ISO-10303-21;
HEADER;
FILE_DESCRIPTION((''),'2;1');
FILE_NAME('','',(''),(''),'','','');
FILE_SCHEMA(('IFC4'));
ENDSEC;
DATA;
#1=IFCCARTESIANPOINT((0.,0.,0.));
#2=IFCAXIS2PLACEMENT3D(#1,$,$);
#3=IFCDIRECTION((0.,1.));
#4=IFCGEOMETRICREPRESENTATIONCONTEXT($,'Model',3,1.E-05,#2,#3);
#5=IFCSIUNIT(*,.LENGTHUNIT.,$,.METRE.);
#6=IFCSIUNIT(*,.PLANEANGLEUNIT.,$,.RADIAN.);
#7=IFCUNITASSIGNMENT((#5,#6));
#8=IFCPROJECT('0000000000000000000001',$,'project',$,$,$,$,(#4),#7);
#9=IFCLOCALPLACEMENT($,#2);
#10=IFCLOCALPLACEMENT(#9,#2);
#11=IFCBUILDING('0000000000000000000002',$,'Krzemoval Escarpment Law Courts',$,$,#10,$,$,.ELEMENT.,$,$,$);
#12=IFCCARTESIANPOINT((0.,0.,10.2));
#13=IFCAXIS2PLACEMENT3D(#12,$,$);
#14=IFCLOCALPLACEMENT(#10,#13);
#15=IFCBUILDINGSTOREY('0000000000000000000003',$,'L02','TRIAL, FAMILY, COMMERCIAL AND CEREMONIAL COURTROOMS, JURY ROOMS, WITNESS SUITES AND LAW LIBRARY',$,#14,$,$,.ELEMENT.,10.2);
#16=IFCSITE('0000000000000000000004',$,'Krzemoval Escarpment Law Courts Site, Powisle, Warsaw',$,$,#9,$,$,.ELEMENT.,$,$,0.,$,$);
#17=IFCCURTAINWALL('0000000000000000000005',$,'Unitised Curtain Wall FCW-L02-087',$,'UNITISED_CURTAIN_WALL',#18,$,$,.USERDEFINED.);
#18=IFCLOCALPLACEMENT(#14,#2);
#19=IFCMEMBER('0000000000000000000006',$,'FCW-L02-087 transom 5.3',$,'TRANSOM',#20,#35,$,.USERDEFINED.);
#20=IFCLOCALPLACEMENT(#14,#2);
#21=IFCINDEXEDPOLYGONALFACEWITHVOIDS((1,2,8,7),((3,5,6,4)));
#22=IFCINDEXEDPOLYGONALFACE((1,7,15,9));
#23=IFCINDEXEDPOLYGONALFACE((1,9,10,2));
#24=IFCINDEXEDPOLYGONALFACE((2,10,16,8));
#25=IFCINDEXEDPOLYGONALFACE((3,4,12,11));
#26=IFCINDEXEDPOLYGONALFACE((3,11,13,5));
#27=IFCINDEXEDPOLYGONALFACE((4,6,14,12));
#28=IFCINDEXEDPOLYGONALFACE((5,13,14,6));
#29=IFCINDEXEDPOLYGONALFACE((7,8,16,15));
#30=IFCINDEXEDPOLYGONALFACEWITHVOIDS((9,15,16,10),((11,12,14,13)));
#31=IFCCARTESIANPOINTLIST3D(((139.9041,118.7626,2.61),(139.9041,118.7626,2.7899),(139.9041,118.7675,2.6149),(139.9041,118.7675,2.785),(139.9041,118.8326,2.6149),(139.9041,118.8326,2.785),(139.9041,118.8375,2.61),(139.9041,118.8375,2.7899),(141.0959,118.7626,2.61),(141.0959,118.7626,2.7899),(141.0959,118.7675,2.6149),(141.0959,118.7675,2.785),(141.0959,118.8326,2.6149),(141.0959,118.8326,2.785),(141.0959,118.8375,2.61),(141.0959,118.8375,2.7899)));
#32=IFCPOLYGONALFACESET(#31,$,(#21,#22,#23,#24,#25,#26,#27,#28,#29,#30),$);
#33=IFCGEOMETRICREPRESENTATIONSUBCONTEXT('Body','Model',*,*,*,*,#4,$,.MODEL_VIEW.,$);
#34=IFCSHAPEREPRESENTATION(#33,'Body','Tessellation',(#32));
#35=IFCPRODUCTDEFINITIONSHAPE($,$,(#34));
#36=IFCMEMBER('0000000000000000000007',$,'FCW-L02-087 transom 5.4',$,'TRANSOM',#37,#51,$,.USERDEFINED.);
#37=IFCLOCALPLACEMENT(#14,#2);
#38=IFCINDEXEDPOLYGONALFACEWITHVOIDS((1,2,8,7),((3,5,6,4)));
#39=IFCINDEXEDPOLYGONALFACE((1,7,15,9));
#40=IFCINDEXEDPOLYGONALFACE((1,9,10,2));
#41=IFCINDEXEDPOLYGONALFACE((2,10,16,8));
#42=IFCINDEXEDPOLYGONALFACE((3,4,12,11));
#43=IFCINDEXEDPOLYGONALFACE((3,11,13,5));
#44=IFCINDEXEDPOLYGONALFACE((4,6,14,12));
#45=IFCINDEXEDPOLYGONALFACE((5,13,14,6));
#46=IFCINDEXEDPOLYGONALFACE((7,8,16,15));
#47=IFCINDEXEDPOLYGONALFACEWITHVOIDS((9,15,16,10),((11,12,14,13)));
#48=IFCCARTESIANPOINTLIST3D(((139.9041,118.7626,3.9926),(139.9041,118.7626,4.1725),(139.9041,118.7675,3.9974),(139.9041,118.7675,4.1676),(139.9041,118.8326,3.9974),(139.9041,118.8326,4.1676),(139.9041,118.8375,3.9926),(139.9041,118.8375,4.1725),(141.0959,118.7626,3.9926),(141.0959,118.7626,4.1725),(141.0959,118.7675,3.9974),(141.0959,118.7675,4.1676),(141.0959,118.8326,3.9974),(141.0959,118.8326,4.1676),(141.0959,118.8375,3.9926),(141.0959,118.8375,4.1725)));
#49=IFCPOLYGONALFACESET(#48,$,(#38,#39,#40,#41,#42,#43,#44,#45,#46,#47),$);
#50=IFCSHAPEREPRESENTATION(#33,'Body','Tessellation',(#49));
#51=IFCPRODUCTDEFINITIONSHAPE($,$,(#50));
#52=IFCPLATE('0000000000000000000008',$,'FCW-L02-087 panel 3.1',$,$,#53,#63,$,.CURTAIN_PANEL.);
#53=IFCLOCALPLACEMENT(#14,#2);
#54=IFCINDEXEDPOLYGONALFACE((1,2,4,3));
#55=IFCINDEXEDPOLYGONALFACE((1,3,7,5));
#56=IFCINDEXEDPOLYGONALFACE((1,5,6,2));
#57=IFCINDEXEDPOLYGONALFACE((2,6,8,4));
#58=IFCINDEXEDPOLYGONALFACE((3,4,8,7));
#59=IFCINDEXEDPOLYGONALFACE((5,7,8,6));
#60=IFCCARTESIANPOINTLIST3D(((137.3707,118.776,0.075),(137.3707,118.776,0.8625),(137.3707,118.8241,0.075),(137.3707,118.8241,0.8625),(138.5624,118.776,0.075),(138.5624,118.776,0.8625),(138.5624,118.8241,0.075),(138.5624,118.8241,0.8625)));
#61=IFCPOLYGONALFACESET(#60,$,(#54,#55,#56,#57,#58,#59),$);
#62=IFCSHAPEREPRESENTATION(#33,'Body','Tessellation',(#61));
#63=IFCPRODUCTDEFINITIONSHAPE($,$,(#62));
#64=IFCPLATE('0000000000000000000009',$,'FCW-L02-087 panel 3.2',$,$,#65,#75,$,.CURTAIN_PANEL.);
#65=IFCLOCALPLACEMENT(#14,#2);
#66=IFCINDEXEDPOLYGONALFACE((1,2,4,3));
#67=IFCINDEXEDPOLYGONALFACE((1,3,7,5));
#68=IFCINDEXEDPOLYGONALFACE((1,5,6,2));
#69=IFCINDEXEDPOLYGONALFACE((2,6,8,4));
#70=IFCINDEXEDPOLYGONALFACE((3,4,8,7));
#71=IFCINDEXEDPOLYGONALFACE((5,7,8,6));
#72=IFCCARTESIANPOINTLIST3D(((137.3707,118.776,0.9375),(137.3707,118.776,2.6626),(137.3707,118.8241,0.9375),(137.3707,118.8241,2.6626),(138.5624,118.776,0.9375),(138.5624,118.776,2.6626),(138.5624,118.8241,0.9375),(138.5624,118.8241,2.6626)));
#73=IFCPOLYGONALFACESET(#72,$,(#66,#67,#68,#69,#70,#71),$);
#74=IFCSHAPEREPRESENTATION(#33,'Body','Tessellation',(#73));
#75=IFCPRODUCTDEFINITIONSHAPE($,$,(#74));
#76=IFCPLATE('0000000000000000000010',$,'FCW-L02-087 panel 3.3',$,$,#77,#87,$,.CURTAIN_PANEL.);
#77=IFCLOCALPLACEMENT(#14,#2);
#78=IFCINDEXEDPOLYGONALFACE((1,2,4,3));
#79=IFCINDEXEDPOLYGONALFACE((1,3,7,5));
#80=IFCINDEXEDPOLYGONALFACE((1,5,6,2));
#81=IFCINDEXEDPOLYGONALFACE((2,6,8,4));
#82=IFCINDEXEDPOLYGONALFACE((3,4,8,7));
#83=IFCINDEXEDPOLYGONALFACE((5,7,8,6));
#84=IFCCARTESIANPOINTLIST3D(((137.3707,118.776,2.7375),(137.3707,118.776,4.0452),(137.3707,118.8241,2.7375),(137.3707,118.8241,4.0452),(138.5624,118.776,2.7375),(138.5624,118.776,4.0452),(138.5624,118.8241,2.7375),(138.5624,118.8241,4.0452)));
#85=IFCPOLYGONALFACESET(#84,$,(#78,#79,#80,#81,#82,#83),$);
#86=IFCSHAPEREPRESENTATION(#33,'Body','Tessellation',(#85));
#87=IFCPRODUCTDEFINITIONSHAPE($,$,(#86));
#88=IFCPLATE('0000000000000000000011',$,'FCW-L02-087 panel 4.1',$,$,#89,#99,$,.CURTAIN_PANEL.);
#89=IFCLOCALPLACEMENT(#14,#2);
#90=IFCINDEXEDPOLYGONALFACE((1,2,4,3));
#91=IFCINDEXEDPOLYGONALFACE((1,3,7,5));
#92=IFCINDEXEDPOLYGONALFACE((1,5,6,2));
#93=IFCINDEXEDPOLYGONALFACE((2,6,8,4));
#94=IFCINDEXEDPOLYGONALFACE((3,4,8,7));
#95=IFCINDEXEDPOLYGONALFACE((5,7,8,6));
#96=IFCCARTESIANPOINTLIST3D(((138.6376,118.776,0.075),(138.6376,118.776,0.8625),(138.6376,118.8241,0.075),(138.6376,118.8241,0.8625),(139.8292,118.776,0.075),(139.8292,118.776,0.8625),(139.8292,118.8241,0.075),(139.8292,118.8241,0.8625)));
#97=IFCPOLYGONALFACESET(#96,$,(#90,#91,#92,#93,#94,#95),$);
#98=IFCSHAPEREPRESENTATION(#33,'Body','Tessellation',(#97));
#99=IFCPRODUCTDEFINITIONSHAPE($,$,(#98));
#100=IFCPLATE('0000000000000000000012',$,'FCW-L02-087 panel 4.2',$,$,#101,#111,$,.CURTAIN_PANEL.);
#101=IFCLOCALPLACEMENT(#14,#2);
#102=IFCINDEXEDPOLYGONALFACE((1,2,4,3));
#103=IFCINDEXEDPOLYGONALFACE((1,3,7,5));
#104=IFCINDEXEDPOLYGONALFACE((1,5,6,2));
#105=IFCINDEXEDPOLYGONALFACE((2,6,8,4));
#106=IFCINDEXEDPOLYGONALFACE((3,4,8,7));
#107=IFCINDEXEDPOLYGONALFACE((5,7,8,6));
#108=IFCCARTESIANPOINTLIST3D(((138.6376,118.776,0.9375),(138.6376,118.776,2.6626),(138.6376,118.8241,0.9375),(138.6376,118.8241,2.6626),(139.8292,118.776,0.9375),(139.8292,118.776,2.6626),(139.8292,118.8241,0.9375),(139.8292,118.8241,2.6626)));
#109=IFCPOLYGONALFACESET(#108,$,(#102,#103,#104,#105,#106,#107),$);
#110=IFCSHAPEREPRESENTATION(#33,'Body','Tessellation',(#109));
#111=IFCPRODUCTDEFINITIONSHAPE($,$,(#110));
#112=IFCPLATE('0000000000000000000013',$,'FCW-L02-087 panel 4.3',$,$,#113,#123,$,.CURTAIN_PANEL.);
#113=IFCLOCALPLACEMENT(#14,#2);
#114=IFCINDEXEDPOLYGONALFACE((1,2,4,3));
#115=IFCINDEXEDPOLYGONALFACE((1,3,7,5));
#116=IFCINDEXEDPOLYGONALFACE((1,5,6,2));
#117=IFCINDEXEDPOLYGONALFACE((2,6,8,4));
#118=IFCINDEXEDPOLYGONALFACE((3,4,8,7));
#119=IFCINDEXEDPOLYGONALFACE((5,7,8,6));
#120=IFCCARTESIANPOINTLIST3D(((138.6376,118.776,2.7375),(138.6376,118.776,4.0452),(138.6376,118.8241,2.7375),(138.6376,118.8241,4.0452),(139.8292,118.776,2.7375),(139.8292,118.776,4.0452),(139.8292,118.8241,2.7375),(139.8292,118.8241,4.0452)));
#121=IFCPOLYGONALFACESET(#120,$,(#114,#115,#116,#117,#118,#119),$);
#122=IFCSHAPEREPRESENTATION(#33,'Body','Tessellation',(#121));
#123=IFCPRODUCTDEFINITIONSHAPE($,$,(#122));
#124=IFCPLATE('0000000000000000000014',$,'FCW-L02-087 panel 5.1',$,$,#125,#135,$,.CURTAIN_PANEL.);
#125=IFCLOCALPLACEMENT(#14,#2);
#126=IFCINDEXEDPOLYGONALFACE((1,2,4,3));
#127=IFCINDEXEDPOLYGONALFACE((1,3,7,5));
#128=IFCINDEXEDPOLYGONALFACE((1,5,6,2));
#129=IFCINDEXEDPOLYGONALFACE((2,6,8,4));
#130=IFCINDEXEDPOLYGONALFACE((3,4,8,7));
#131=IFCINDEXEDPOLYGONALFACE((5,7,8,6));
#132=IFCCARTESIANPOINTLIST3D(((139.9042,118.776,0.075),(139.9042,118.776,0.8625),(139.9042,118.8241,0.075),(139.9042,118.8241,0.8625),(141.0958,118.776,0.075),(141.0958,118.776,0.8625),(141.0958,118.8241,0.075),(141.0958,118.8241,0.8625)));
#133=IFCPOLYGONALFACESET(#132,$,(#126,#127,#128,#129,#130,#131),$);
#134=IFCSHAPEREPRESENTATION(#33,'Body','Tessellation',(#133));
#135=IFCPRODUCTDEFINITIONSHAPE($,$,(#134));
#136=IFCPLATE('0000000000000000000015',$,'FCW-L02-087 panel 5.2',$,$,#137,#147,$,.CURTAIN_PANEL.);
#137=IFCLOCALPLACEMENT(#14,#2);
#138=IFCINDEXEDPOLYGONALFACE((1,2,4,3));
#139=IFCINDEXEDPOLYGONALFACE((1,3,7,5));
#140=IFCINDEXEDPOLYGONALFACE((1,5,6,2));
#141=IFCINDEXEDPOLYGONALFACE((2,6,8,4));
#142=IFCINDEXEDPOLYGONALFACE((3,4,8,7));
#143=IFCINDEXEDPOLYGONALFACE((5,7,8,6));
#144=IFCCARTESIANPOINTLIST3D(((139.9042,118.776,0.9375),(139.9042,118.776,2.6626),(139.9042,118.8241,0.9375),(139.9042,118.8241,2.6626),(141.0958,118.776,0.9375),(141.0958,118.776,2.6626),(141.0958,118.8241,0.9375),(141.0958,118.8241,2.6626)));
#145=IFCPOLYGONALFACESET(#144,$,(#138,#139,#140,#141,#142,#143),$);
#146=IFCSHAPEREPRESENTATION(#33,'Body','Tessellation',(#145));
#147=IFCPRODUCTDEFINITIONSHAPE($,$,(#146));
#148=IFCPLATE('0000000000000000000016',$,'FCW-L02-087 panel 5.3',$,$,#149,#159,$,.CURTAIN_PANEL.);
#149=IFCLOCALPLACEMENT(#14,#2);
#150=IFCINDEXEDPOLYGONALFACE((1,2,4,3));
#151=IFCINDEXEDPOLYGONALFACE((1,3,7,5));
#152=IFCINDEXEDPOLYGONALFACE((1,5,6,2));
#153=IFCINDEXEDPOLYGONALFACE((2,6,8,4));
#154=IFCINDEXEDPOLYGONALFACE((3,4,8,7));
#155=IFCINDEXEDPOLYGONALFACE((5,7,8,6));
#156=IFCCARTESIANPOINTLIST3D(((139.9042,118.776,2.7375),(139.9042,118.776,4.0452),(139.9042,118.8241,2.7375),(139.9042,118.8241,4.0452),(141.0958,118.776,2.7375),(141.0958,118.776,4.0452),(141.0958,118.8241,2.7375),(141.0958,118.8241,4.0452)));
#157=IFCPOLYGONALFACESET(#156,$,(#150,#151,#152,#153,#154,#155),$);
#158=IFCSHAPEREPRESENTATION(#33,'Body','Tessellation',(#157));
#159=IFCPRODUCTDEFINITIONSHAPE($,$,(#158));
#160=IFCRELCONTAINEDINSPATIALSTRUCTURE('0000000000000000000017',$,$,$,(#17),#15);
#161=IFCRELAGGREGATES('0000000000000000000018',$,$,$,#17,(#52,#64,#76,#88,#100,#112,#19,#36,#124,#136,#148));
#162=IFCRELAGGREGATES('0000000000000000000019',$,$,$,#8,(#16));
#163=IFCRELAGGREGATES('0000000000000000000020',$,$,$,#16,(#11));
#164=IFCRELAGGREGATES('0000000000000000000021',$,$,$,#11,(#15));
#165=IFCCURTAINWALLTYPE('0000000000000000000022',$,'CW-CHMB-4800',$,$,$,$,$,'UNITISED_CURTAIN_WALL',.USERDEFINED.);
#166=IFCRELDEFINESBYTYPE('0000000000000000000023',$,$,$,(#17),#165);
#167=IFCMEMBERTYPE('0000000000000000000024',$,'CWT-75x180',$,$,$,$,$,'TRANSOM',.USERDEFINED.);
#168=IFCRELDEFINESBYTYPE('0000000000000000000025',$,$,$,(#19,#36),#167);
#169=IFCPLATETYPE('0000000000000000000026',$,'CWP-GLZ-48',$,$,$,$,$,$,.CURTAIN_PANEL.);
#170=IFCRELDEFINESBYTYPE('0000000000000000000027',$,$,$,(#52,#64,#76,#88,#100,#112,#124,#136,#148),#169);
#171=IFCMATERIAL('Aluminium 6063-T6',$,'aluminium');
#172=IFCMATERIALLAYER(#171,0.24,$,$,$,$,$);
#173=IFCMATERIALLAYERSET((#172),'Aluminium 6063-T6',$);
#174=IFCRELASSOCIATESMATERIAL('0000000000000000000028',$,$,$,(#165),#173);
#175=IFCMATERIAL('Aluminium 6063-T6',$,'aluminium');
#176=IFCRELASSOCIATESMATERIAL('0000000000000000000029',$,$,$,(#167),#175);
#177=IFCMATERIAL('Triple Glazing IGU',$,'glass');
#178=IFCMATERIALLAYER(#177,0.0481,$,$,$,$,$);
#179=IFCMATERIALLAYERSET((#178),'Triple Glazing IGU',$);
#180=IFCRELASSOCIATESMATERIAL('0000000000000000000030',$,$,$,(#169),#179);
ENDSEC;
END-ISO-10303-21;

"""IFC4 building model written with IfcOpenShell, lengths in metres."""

from ifc_helpers import new_model, si_unit, direction, frame, origin, origin_2d, place, context, subcontext, project, spatial, rectangle, hollow_rectangle, extrude, material, layer, layer_set, material_profile, profile_set, type_object, element, aggregate, save


model = new_model("IFC4")

# Units and contexts
model_context = context("Model", 3, precision=1e-05, world=origin(), true_north=direction((0.0, 1.0)))
body_context = subcontext(model_context, "Body", "Model", "MODEL_VIEW")
ifc_project = project(units=[si_unit("LENGTHUNIT", "METRE"), si_unit("PLANEANGLEUNIT", "RADIAN")], contexts=[model_context])

# Site, building, storey
site_placement = place(None, origin())
site = spatial("IfcSite", under=ifc_project, at=site_placement, Name="Krzemoval Escarpment Law Courts Site, Powisle, Warsaw", CompositionType="ELEMENT", RefElevation=0.0)
building_placement = place(site_placement, origin())
building = spatial("IfcBuilding", under=site, at=building_placement, Name="Krzemoval Escarpment Law Courts", CompositionType="ELEMENT")
storey_placement = place(building_placement, frame((0.0, 0.0, 10.2)))
storey = spatial("IfcBuildingStorey", under=building, at=storey_placement, Name="L02", Description="TRIAL, FAMILY, COMMERCIAL AND CEREMONIAL COURTROOMS, JURY ROOMS, WITNESS SUITES AND LAW LIBRARY", CompositionType="ELEMENT", Elevation=10.2)

# Curtain wall, members, plates
ifc_material_1 = material(Name="Aluminium 6063-T6", Category="aluminium")
ifc_layer_1 = layer(ifc_material_1, 0.24)
ifc_layer_set_1 = layer_set([ifc_layer_1], Name="Aluminium 6063-T6")
curtain_wall_type = type_object("IfcCurtainWallType", Name="CW-CHMB-4800", ElementType="UNITISED_CURTAIN_WALL", PredefinedType="USERDEFINED", material=ifc_layer_set_1)
curtain_wall_placement = place(storey_placement, origin())
curtain_wall = element("IfcCurtainWall", 1, at=curtain_wall_placement, inside=storey, type_object=curtain_wall_type, Name="Unitised Curtain Wall FCW-L02-087", ObjectType="UNITISED_CURTAIN_WALL", PredefinedType="USERDEFINED")
ifc_material_2 = material(Name="Aluminium 6063-T6", Category="aluminium")
ifc_material_profile_1 = material_profile(ifc_material_2, hollow_rectangle(XDim=0.075, YDim=0.1799, WallThickness=0.0049, at=origin_2d()), Name="ALU T75x180")
ifc_profile_set_1 = profile_set([ifc_material_profile_1], Name="Aluminium 6063-T6")
member_type_1 = type_object("IfcMemberType", Name="CWT-75x180", ElementType="TRANSOM", PredefinedType="USERDEFINED", material=ifc_profile_set_1)
member_1_placement = place(storey_placement, frame((139.9041, 118.8, 2.7), z_axis=(1.0, 0.0, 0.0), x_axis=(0.0, 1.0, 0.0)))
member_1 = element("IfcMember", 2, at=member_1_placement, type_object=member_type_1, Name="FCW-L02-087 transom 5.3", ObjectType="TRANSOM", PredefinedType="USERDEFINED", context=body_context, shape_type="SweptSolid", body=[
    extrude(hollow_rectangle(XDim=0.075, YDim=0.1799, WallThickness=0.0049, at=origin_2d()), origin(), (0.0, 0.0, 1.0), 1.1919),
])
member_2_placement = place(storey_placement, frame((139.9041, 118.8, 4.0825), z_axis=(1.0, 0.0, 0.0), x_axis=(0.0, 1.0, 0.0)))
member_2 = element("IfcMember", 3, at=member_2_placement, type_object=member_type_1, Name="FCW-L02-087 transom 5.4", ObjectType="TRANSOM", PredefinedType="USERDEFINED", context=body_context, shape_type="SweptSolid", body=[
    extrude(hollow_rectangle(XDim=0.075, YDim=0.1799, WallThickness=0.0049, at=origin_2d()), origin(), (0.0, 0.0, 1.0), 1.1919),
])
ifc_material_3 = material(Name="Triple Glazing IGU", Category="glass")
ifc_layer_2 = layer(ifc_material_3, 0.0481)
ifc_layer_set_2 = layer_set([ifc_layer_2], Name="Triple Glazing IGU")
plate_type = type_object("IfcPlateType", Name="CWP-GLZ-48", PredefinedType="CURTAIN_PANEL", material=ifc_layer_set_2)
plate_1_placement = place(storey_placement, frame((137.9666, 118.8, 0.075), z_axis=(0.0, 0.0, 1.0), x_axis=(1.0, 0.0, 0.0)))
plate_1 = element("IfcPlate", 4, at=plate_1_placement, type_object=plate_type, Name="FCW-L02-087 panel 3.1", PredefinedType="CURTAIN_PANEL", context=body_context, shape_type="SweptSolid", body=[
    extrude(rectangle(XDim=1.1917, YDim=0.0481, at=origin_2d()), origin(), (0.0, 0.0, 1.0), 0.7876),
])
plate_2_placement = place(storey_placement, frame((137.9666, 118.8, 0.9375), z_axis=(0.0, 0.0, 1.0), x_axis=(1.0, 0.0, 0.0)))
plate_2 = element("IfcPlate", 5, at=plate_2_placement, type_object=plate_type, Name="FCW-L02-087 panel 3.2", PredefinedType="CURTAIN_PANEL", context=body_context, shape_type="SweptSolid", body=[
    extrude(rectangle(XDim=1.1917, YDim=0.0481, at=origin_2d()), origin(), (0.0, 0.0, 1.0), 1.7251),
])
plate_3_placement = place(storey_placement, frame((137.9666, 118.8, 2.7375), z_axis=(0.0, 0.0, 1.0), x_axis=(1.0, 0.0, 0.0)))
plate_3 = element("IfcPlate", 6, at=plate_3_placement, type_object=plate_type, Name="FCW-L02-087 panel 3.3", PredefinedType="CURTAIN_PANEL", context=body_context, shape_type="SweptSolid", body=[
    extrude(rectangle(XDim=1.1917, YDim=0.0481, at=origin_2d()), origin(), (0.0, 0.0, 1.0), 1.3076),
])
plate_4_placement = place(storey_placement, frame((139.2334, 118.8, 0.075), z_axis=(0.0, 0.0, 1.0), x_axis=(1.0, 0.0, 0.0)))
plate_4 = element("IfcPlate", 7, at=plate_4_placement, type_object=plate_type, Name="FCW-L02-087 panel 4.1", PredefinedType="CURTAIN_PANEL", context=body_context, shape_type="SweptSolid", body=[
    extrude(rectangle(XDim=1.1917, YDim=0.0481, at=origin_2d()), origin(), (0.0, 0.0, 1.0), 0.7876),
])
plate_5_placement = place(storey_placement, frame((139.2334, 118.8, 0.9375), z_axis=(0.0, 0.0, 1.0), x_axis=(1.0, 0.0, 0.0)))
plate_5 = element("IfcPlate", 8, at=plate_5_placement, type_object=plate_type, Name="FCW-L02-087 panel 4.2", PredefinedType="CURTAIN_PANEL", context=body_context, shape_type="SweptSolid", body=[
    extrude(rectangle(XDim=1.1917, YDim=0.0481, at=origin_2d()), origin(), (0.0, 0.0, 1.0), 1.7251),
])
plate_6_placement = place(storey_placement, frame((139.2334, 118.8, 2.7375), z_axis=(0.0, 0.0, 1.0), x_axis=(1.0, 0.0, 0.0)))
plate_6 = element("IfcPlate", 9, at=plate_6_placement, type_object=plate_type, Name="FCW-L02-087 panel 4.3", PredefinedType="CURTAIN_PANEL", context=body_context, shape_type="SweptSolid", body=[
    extrude(rectangle(XDim=1.1917, YDim=0.0481, at=origin_2d()), origin(), (0.0, 0.0, 1.0), 1.3076),
])
plate_7_placement = place(storey_placement, frame((140.5, 118.8, 0.075), z_axis=(0.0, 0.0, 1.0), x_axis=(1.0, 0.0, 0.0)))
plate_7 = element("IfcPlate", 10, at=plate_7_placement, type_object=plate_type, Name="FCW-L02-087 panel 5.1", PredefinedType="CURTAIN_PANEL", context=body_context, shape_type="SweptSolid", body=[
    extrude(rectangle(XDim=1.1917, YDim=0.0481, at=origin_2d()), origin(), (0.0, 0.0, 1.0), 0.7876),
])
plate_8_placement = place(storey_placement, frame((140.5, 118.8, 0.9375), z_axis=(0.0, 0.0, 1.0), x_axis=(1.0, 0.0, 0.0)))
plate_8 = element("IfcPlate", 11, at=plate_8_placement, type_object=plate_type, Name="FCW-L02-087 panel 5.2", PredefinedType="CURTAIN_PANEL", context=body_context, shape_type="SweptSolid", body=[
    extrude(rectangle(XDim=1.1917, YDim=0.0481, at=origin_2d()), origin(), (0.0, 0.0, 1.0), 1.7251),
])
plate_9_placement = place(storey_placement, frame((140.5, 118.8, 2.7375), z_axis=(0.0, 0.0, 1.0), x_axis=(1.0, 0.0, 0.0)))
plate_9 = element("IfcPlate", 12, at=plate_9_placement, type_object=plate_type, Name="FCW-L02-087 panel 5.3", PredefinedType="CURTAIN_PANEL", context=body_context, shape_type="SweptSolid", body=[
    extrude(rectangle(XDim=1.1917, YDim=0.0481, at=origin_2d()), origin(), (0.0, 0.0, 1.0), 1.3076),
])
aggregate(curtain_wall, [plate_1, plate_2, plate_3, plate_4, plate_5, plate_6, member_1, member_2, plate_7, plate_8, plate_9])

save(model, "model.ifc")
